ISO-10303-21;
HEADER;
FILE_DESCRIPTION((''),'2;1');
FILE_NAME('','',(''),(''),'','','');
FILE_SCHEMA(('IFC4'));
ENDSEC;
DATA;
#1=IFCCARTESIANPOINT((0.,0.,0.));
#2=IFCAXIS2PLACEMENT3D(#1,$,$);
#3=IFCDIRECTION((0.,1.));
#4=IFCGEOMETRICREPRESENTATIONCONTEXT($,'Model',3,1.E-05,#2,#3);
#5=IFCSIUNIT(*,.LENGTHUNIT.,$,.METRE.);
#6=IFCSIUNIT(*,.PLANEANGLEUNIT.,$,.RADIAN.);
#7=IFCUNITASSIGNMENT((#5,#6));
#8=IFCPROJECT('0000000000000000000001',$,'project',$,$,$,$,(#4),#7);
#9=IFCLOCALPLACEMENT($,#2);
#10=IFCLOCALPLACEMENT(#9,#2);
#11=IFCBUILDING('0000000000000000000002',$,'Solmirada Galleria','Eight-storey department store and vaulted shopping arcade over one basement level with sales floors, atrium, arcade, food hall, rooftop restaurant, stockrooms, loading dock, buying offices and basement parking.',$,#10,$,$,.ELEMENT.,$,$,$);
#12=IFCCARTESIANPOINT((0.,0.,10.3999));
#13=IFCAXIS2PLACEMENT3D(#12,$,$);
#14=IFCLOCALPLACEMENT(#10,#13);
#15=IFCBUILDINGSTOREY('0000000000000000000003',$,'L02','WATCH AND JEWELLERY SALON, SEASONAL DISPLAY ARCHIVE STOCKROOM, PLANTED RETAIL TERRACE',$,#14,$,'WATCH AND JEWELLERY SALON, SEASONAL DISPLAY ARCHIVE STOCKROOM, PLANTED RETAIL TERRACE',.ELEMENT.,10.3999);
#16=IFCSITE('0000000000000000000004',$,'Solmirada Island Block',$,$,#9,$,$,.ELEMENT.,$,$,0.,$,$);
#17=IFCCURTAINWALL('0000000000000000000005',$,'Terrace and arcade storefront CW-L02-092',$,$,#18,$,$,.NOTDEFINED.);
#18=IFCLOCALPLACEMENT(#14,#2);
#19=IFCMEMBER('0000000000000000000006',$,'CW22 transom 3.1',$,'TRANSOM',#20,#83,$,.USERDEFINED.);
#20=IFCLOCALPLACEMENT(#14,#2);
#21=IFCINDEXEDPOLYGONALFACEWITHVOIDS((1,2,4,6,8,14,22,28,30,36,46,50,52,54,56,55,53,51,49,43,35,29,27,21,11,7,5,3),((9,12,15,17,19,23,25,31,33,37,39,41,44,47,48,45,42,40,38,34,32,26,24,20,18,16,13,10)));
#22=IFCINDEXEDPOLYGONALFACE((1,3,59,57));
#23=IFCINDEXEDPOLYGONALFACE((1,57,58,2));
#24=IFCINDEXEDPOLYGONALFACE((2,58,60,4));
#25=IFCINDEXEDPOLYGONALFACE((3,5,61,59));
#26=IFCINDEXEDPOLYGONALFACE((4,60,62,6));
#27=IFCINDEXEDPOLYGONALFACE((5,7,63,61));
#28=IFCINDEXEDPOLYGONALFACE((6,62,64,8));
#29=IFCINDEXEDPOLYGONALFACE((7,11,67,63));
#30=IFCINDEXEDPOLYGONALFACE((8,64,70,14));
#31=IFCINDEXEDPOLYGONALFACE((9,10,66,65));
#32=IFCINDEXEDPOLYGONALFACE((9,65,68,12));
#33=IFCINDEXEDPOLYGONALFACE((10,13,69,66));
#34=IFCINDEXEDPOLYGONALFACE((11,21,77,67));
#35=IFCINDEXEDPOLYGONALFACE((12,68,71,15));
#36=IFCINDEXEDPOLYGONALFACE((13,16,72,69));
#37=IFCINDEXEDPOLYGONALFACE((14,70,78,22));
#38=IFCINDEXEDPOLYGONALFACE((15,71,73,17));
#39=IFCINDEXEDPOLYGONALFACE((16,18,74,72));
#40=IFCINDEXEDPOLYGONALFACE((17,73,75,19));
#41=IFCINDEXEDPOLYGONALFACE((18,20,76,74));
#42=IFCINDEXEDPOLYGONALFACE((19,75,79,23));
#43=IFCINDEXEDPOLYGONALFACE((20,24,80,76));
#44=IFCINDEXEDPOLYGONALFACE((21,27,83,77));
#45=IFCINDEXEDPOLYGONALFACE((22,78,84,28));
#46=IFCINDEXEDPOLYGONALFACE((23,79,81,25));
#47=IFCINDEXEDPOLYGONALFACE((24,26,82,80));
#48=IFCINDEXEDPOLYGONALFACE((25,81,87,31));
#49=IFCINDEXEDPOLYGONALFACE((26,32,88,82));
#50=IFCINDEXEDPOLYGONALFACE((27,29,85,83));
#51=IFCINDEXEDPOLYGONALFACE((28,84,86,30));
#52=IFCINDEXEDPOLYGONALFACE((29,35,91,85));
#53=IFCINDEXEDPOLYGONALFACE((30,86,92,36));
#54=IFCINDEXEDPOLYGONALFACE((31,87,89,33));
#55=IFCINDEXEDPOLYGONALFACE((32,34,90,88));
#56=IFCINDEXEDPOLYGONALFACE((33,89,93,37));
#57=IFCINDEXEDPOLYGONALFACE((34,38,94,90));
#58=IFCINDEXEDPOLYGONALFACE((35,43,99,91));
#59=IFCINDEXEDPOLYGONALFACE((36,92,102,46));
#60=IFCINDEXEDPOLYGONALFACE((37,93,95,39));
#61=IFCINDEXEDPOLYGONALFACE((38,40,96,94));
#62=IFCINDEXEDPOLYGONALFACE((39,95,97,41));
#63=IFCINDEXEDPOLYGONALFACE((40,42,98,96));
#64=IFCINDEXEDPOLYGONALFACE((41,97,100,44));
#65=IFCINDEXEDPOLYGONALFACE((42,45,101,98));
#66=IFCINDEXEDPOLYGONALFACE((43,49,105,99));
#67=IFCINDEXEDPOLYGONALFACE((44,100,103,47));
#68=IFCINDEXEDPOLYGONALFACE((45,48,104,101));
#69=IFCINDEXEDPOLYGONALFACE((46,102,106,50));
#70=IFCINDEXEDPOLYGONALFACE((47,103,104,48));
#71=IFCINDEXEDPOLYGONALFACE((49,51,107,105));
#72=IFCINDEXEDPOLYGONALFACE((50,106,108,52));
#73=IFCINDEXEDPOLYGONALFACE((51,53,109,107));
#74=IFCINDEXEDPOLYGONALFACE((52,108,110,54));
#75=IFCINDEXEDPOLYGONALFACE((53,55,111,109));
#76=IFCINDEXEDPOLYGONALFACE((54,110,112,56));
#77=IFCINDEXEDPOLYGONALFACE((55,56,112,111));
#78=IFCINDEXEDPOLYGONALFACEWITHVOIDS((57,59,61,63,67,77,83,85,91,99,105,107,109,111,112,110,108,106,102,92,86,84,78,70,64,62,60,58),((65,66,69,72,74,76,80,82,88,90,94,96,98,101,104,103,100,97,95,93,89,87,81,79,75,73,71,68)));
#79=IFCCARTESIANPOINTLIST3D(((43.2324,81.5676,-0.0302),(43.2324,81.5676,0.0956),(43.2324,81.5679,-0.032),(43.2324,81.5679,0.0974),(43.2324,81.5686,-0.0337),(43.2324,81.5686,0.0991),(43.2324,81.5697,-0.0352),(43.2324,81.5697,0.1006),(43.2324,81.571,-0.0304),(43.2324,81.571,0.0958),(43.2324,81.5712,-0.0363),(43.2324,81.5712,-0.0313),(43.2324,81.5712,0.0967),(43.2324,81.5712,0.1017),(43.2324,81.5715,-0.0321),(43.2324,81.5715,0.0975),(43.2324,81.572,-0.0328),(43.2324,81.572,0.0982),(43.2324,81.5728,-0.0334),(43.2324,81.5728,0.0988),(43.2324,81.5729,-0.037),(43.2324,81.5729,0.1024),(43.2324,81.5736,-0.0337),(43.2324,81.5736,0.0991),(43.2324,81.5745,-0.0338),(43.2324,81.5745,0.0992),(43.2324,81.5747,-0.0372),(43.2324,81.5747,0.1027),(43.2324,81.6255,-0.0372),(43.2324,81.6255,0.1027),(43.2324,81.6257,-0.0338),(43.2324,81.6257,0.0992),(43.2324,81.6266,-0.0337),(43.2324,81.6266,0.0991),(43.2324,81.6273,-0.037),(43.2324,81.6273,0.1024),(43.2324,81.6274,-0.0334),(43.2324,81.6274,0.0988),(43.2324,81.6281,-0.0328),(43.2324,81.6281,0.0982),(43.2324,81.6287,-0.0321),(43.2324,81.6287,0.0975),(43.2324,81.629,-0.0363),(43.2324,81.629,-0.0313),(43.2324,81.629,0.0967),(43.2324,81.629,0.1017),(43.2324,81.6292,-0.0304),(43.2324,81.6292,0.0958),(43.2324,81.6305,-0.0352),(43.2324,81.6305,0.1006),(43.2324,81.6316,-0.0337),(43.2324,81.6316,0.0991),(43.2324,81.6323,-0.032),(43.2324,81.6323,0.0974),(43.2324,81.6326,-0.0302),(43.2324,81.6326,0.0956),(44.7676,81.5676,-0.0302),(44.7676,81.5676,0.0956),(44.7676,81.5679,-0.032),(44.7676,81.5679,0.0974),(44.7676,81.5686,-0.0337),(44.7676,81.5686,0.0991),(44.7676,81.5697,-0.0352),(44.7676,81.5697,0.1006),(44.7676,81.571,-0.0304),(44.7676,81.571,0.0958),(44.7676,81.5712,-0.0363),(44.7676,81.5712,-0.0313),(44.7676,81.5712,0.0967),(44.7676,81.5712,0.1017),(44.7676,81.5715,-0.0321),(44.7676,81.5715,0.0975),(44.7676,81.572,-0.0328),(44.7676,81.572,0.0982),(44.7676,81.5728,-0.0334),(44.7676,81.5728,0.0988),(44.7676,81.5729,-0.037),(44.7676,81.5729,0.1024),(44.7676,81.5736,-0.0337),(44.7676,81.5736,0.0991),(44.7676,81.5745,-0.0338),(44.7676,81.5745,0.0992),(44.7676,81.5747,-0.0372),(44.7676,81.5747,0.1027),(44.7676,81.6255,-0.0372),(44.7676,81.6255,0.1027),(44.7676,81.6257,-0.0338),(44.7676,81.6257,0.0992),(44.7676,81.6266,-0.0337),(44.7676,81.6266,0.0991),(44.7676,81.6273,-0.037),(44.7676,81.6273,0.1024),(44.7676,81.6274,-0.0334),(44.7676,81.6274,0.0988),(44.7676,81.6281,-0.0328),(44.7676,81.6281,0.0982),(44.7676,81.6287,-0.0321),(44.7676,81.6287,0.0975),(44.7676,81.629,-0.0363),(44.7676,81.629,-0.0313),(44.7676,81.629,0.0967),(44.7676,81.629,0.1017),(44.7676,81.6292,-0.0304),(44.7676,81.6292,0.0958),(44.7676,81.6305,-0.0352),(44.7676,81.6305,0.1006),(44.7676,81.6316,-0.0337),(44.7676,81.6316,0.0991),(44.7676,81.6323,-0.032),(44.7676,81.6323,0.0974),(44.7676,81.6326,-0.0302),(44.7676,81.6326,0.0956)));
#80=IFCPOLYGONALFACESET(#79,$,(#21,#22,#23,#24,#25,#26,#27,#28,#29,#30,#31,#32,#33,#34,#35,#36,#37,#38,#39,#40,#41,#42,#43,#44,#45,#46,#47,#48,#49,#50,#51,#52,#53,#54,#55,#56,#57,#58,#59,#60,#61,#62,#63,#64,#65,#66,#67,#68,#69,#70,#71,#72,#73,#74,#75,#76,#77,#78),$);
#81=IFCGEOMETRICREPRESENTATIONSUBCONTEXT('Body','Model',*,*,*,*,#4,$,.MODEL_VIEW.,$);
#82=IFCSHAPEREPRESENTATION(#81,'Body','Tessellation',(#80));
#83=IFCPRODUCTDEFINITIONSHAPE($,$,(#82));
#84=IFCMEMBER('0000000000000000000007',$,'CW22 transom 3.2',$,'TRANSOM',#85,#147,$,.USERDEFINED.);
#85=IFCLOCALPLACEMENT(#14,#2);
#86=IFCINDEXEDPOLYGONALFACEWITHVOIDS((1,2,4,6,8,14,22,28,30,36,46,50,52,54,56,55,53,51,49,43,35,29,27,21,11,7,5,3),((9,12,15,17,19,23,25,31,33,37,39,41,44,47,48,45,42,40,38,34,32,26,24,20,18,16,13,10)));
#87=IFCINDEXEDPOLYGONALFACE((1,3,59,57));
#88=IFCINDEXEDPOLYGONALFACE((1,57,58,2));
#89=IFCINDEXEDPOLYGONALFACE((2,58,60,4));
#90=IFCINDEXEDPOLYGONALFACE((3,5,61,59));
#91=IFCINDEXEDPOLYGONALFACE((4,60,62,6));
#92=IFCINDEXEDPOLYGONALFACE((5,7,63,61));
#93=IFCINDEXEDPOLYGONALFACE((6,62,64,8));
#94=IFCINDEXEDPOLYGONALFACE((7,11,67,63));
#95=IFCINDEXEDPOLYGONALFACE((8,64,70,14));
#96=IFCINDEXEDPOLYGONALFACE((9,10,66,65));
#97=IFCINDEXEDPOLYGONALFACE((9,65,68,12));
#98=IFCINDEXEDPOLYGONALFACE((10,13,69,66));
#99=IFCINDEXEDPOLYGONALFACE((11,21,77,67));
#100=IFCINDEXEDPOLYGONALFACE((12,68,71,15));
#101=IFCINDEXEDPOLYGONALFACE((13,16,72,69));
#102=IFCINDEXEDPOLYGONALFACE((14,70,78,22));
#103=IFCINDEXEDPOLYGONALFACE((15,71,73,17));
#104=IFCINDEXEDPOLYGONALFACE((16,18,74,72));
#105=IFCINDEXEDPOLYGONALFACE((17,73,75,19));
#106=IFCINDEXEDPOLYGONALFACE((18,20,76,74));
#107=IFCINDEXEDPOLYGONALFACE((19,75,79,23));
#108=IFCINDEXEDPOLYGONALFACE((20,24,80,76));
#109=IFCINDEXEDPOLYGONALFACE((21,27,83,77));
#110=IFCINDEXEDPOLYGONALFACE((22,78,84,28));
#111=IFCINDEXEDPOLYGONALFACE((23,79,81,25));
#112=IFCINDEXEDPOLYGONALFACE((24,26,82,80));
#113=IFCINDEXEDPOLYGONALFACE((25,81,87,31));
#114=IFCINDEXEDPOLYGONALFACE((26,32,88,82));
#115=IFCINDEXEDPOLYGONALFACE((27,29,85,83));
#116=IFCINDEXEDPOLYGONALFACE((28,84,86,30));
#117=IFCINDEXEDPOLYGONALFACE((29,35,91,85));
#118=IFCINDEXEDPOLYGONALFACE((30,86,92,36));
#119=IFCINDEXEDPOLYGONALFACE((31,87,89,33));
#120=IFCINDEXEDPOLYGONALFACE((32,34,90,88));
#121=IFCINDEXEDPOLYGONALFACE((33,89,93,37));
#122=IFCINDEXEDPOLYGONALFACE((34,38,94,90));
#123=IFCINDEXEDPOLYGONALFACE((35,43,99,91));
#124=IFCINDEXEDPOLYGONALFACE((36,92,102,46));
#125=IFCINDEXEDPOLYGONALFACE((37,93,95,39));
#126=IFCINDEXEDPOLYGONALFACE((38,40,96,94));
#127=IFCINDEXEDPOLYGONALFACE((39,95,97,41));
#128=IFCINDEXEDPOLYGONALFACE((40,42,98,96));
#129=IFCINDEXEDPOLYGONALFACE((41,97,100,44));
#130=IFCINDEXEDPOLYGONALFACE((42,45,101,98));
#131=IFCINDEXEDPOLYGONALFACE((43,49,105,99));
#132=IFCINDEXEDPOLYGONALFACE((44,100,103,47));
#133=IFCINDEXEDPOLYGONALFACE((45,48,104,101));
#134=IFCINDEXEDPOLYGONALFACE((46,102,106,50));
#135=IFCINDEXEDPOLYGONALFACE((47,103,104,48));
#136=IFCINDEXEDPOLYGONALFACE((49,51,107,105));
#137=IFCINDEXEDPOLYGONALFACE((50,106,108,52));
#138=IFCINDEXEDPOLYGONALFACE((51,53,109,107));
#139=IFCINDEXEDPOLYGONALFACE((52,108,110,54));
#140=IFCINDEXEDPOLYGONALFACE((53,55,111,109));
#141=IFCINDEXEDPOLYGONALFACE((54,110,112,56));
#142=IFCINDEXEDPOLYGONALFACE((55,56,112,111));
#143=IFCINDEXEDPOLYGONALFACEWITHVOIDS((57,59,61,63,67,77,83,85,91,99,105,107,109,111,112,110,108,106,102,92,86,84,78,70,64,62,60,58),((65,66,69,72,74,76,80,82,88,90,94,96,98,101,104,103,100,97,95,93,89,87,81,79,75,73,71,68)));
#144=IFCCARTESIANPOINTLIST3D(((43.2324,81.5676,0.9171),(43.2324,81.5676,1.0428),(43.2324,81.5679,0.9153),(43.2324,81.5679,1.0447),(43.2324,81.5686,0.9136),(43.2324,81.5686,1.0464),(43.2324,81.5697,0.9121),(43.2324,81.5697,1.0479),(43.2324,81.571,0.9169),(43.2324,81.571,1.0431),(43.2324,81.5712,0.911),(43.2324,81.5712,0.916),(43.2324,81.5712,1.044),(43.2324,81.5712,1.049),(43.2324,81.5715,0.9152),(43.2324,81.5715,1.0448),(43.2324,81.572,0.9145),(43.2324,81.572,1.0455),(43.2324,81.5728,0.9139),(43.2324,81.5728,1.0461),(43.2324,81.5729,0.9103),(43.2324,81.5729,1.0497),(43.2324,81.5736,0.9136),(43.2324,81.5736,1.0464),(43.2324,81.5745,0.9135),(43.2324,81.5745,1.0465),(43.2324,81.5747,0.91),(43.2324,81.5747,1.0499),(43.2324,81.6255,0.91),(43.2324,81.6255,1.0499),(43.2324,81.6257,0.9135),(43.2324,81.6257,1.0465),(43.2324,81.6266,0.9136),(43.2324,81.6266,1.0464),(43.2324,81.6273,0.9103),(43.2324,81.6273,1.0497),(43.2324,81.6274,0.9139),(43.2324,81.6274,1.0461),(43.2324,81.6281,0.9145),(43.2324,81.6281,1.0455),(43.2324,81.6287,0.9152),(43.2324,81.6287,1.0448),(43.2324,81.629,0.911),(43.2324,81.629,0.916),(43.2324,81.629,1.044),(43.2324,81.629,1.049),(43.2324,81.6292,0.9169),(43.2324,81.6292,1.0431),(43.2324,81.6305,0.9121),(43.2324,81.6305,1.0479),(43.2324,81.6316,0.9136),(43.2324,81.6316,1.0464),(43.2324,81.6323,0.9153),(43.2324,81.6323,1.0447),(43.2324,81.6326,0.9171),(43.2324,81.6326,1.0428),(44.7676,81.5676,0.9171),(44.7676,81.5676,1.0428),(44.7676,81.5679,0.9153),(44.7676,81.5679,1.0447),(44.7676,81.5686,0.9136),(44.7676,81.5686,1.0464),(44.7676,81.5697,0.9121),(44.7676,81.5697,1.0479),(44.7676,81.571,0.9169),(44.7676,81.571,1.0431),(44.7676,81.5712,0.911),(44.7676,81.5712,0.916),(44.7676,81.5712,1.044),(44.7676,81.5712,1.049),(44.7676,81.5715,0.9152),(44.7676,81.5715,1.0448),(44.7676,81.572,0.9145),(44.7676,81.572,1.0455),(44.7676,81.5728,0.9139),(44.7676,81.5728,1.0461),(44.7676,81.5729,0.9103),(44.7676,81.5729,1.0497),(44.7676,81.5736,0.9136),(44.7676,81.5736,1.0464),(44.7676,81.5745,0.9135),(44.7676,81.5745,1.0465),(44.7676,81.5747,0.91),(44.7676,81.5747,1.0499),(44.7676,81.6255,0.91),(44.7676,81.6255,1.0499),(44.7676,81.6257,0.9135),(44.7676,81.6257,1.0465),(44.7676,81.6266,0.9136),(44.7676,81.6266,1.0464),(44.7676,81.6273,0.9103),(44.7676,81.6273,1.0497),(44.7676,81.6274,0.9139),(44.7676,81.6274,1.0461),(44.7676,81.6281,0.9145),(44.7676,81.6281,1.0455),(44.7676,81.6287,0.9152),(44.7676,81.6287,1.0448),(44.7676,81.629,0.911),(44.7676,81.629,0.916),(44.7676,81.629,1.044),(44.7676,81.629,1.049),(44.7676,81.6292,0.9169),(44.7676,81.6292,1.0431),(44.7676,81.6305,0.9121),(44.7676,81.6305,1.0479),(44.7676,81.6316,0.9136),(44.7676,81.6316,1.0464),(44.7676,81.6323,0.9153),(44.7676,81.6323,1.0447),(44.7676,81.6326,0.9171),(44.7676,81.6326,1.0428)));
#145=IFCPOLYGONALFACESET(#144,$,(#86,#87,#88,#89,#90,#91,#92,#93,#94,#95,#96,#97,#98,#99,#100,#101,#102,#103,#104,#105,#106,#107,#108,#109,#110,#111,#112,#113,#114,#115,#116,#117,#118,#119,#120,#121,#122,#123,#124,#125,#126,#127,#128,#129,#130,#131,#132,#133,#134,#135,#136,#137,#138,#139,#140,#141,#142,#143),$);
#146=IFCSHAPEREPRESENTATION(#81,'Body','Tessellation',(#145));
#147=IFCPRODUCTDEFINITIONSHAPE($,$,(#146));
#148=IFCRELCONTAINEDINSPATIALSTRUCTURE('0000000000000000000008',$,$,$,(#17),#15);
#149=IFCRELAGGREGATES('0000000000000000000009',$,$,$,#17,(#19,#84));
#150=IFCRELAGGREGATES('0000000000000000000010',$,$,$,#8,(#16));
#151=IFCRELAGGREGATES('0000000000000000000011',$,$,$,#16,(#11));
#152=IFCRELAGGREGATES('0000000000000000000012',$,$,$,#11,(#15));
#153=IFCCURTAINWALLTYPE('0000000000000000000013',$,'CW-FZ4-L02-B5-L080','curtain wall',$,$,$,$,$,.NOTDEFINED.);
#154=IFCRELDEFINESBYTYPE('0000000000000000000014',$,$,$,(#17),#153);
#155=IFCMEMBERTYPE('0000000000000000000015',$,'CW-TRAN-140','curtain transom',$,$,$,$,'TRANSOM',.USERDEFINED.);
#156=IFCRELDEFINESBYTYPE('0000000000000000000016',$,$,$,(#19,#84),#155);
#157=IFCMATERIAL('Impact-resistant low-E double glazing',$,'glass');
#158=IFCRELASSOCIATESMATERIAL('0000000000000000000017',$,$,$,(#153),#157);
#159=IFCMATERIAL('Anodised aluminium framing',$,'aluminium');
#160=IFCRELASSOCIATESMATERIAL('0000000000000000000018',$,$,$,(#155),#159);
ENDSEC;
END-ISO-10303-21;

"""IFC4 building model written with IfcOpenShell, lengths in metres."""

from ifc_helpers import new_model, si_unit, direction, frame, origin, origin_2d, place, context, subcontext, project, spatial, hollow_rectangle, extrude, material, material_profile, profile_set, type_object, element, aggregate, save


model = new_model("IFC4")

# Units and contexts
model_context = context("Model", 3, precision=1e-05, world=origin(), true_north=direction((0.0, 1.0)))
body_context = subcontext(model_context, "Body", "Model", "MODEL_VIEW")
ifc_project = project(units=[si_unit("LENGTHUNIT", "METRE"), si_unit("PLANEANGLEUNIT", "RADIAN")], contexts=[model_context])

# Site, building, storey
site_placement = place(None, origin())
site = spatial("IfcSite", under=ifc_project, at=site_placement, Name="Solmirada Island Block", CompositionType="ELEMENT", RefElevation=0.0)
building_placement = place(site_placement, origin())
building = spatial("IfcBuilding", under=site, at=building_placement, Name="Solmirada Galleria", Description="Eight-storey department store and vaulted shopping arcade over one basement level with sales floors, atrium, arcade, food hall, rooftop restaurant, stockrooms, loading dock, buying offices and basement parking.", CompositionType="ELEMENT")
storey_placement = place(building_placement, frame((0.0, 0.0, 10.3999)))
storey = spatial("IfcBuildingStorey", under=building, at=storey_placement, Name="L02", Description="WATCH AND JEWELLERY SALON, SEASONAL DISPLAY ARCHIVE STOCKROOM, PLANTED RETAIL TERRACE", LongName="WATCH AND JEWELLERY SALON, SEASONAL DISPLAY ARCHIVE STOCKROOM, PLANTED RETAIL TERRACE", CompositionType="ELEMENT", Elevation=10.3999)

# Curtain wall, members
ifc_material_1 = material(Name="Impact-resistant low-E double glazing", Category="glass")
curtain_wall_type = type_object("IfcCurtainWallType", Name="CW-FZ4-L02-B5-L080", Description="curtain wall", PredefinedType="NOTDEFINED", material=ifc_material_1)
curtain_wall_placement = place(storey_placement, origin())
curtain_wall = element("IfcCurtainWall", 1, at=curtain_wall_placement, inside=storey, type_object=curtain_wall_type, Name="Terrace and arcade storefront CW-L02-092", PredefinedType="NOTDEFINED")
ifc_material_2 = material(Name="Anodised aluminium framing", Category="aluminium")
ifc_material_profile_1 = material_profile(ifc_material_2, hollow_rectangle(XDim=0.0649, YDim=0.1399, WallThickness=0.0034, InnerFilletRadius=0.0034, OuterFilletRadius=0.0071, at=origin_2d()), Name="ALU-TRAN-140X65")
ifc_profile_set_1 = profile_set([ifc_material_profile_1], Name="Anodised aluminium framing")
member_type_1 = type_object("IfcMemberType", Name="CW-TRAN-140", Description="curtain transom", ElementType="TRANSOM", PredefinedType="USERDEFINED", material=ifc_profile_set_1)
member_1_placement = place(storey_placement, frame((44.7676, 81.6001, 0.0327), z_axis=(-1.0, 0.0, 0.0), x_axis=(0.0, -1.0, 0.0)))
member_1 = element("IfcMember", 2, at=member_1_placement, type_object=member_type_1, Name="CW22 transom 3.1", ObjectType="TRANSOM", PredefinedType="USERDEFINED", context=body_context, shape_type="SweptSolid", body=[
    extrude(hollow_rectangle(XDim=0.0649, YDim=0.1399, WallThickness=0.0034, InnerFilletRadius=0.0034, OuterFilletRadius=0.0071, at=origin_2d()), origin(), (0.0, 0.0, 1.0), 1.5352),
])
member_2_placement = place(storey_placement, frame((44.7676, 81.6001, 0.98), z_axis=(-1.0, 0.0, 0.0), x_axis=(0.0, -1.0, 0.0)))
member_2 = element("IfcMember", 3, at=member_2_placement, type_object=member_type_1, Name="CW22 transom 3.2", ObjectType="TRANSOM", PredefinedType="USERDEFINED", context=body_context, shape_type="SweptSolid", body=[
    extrude(hollow_rectangle(XDim=0.0649, YDim=0.1399, WallThickness=0.0034, InnerFilletRadius=0.0034, OuterFilletRadius=0.0071, at=origin_2d()), origin(), (0.0, 0.0, 1.0), 1.5352),
])
aggregate(curtain_wall, [member_1, member_2])

save(model, "model.ifc")
